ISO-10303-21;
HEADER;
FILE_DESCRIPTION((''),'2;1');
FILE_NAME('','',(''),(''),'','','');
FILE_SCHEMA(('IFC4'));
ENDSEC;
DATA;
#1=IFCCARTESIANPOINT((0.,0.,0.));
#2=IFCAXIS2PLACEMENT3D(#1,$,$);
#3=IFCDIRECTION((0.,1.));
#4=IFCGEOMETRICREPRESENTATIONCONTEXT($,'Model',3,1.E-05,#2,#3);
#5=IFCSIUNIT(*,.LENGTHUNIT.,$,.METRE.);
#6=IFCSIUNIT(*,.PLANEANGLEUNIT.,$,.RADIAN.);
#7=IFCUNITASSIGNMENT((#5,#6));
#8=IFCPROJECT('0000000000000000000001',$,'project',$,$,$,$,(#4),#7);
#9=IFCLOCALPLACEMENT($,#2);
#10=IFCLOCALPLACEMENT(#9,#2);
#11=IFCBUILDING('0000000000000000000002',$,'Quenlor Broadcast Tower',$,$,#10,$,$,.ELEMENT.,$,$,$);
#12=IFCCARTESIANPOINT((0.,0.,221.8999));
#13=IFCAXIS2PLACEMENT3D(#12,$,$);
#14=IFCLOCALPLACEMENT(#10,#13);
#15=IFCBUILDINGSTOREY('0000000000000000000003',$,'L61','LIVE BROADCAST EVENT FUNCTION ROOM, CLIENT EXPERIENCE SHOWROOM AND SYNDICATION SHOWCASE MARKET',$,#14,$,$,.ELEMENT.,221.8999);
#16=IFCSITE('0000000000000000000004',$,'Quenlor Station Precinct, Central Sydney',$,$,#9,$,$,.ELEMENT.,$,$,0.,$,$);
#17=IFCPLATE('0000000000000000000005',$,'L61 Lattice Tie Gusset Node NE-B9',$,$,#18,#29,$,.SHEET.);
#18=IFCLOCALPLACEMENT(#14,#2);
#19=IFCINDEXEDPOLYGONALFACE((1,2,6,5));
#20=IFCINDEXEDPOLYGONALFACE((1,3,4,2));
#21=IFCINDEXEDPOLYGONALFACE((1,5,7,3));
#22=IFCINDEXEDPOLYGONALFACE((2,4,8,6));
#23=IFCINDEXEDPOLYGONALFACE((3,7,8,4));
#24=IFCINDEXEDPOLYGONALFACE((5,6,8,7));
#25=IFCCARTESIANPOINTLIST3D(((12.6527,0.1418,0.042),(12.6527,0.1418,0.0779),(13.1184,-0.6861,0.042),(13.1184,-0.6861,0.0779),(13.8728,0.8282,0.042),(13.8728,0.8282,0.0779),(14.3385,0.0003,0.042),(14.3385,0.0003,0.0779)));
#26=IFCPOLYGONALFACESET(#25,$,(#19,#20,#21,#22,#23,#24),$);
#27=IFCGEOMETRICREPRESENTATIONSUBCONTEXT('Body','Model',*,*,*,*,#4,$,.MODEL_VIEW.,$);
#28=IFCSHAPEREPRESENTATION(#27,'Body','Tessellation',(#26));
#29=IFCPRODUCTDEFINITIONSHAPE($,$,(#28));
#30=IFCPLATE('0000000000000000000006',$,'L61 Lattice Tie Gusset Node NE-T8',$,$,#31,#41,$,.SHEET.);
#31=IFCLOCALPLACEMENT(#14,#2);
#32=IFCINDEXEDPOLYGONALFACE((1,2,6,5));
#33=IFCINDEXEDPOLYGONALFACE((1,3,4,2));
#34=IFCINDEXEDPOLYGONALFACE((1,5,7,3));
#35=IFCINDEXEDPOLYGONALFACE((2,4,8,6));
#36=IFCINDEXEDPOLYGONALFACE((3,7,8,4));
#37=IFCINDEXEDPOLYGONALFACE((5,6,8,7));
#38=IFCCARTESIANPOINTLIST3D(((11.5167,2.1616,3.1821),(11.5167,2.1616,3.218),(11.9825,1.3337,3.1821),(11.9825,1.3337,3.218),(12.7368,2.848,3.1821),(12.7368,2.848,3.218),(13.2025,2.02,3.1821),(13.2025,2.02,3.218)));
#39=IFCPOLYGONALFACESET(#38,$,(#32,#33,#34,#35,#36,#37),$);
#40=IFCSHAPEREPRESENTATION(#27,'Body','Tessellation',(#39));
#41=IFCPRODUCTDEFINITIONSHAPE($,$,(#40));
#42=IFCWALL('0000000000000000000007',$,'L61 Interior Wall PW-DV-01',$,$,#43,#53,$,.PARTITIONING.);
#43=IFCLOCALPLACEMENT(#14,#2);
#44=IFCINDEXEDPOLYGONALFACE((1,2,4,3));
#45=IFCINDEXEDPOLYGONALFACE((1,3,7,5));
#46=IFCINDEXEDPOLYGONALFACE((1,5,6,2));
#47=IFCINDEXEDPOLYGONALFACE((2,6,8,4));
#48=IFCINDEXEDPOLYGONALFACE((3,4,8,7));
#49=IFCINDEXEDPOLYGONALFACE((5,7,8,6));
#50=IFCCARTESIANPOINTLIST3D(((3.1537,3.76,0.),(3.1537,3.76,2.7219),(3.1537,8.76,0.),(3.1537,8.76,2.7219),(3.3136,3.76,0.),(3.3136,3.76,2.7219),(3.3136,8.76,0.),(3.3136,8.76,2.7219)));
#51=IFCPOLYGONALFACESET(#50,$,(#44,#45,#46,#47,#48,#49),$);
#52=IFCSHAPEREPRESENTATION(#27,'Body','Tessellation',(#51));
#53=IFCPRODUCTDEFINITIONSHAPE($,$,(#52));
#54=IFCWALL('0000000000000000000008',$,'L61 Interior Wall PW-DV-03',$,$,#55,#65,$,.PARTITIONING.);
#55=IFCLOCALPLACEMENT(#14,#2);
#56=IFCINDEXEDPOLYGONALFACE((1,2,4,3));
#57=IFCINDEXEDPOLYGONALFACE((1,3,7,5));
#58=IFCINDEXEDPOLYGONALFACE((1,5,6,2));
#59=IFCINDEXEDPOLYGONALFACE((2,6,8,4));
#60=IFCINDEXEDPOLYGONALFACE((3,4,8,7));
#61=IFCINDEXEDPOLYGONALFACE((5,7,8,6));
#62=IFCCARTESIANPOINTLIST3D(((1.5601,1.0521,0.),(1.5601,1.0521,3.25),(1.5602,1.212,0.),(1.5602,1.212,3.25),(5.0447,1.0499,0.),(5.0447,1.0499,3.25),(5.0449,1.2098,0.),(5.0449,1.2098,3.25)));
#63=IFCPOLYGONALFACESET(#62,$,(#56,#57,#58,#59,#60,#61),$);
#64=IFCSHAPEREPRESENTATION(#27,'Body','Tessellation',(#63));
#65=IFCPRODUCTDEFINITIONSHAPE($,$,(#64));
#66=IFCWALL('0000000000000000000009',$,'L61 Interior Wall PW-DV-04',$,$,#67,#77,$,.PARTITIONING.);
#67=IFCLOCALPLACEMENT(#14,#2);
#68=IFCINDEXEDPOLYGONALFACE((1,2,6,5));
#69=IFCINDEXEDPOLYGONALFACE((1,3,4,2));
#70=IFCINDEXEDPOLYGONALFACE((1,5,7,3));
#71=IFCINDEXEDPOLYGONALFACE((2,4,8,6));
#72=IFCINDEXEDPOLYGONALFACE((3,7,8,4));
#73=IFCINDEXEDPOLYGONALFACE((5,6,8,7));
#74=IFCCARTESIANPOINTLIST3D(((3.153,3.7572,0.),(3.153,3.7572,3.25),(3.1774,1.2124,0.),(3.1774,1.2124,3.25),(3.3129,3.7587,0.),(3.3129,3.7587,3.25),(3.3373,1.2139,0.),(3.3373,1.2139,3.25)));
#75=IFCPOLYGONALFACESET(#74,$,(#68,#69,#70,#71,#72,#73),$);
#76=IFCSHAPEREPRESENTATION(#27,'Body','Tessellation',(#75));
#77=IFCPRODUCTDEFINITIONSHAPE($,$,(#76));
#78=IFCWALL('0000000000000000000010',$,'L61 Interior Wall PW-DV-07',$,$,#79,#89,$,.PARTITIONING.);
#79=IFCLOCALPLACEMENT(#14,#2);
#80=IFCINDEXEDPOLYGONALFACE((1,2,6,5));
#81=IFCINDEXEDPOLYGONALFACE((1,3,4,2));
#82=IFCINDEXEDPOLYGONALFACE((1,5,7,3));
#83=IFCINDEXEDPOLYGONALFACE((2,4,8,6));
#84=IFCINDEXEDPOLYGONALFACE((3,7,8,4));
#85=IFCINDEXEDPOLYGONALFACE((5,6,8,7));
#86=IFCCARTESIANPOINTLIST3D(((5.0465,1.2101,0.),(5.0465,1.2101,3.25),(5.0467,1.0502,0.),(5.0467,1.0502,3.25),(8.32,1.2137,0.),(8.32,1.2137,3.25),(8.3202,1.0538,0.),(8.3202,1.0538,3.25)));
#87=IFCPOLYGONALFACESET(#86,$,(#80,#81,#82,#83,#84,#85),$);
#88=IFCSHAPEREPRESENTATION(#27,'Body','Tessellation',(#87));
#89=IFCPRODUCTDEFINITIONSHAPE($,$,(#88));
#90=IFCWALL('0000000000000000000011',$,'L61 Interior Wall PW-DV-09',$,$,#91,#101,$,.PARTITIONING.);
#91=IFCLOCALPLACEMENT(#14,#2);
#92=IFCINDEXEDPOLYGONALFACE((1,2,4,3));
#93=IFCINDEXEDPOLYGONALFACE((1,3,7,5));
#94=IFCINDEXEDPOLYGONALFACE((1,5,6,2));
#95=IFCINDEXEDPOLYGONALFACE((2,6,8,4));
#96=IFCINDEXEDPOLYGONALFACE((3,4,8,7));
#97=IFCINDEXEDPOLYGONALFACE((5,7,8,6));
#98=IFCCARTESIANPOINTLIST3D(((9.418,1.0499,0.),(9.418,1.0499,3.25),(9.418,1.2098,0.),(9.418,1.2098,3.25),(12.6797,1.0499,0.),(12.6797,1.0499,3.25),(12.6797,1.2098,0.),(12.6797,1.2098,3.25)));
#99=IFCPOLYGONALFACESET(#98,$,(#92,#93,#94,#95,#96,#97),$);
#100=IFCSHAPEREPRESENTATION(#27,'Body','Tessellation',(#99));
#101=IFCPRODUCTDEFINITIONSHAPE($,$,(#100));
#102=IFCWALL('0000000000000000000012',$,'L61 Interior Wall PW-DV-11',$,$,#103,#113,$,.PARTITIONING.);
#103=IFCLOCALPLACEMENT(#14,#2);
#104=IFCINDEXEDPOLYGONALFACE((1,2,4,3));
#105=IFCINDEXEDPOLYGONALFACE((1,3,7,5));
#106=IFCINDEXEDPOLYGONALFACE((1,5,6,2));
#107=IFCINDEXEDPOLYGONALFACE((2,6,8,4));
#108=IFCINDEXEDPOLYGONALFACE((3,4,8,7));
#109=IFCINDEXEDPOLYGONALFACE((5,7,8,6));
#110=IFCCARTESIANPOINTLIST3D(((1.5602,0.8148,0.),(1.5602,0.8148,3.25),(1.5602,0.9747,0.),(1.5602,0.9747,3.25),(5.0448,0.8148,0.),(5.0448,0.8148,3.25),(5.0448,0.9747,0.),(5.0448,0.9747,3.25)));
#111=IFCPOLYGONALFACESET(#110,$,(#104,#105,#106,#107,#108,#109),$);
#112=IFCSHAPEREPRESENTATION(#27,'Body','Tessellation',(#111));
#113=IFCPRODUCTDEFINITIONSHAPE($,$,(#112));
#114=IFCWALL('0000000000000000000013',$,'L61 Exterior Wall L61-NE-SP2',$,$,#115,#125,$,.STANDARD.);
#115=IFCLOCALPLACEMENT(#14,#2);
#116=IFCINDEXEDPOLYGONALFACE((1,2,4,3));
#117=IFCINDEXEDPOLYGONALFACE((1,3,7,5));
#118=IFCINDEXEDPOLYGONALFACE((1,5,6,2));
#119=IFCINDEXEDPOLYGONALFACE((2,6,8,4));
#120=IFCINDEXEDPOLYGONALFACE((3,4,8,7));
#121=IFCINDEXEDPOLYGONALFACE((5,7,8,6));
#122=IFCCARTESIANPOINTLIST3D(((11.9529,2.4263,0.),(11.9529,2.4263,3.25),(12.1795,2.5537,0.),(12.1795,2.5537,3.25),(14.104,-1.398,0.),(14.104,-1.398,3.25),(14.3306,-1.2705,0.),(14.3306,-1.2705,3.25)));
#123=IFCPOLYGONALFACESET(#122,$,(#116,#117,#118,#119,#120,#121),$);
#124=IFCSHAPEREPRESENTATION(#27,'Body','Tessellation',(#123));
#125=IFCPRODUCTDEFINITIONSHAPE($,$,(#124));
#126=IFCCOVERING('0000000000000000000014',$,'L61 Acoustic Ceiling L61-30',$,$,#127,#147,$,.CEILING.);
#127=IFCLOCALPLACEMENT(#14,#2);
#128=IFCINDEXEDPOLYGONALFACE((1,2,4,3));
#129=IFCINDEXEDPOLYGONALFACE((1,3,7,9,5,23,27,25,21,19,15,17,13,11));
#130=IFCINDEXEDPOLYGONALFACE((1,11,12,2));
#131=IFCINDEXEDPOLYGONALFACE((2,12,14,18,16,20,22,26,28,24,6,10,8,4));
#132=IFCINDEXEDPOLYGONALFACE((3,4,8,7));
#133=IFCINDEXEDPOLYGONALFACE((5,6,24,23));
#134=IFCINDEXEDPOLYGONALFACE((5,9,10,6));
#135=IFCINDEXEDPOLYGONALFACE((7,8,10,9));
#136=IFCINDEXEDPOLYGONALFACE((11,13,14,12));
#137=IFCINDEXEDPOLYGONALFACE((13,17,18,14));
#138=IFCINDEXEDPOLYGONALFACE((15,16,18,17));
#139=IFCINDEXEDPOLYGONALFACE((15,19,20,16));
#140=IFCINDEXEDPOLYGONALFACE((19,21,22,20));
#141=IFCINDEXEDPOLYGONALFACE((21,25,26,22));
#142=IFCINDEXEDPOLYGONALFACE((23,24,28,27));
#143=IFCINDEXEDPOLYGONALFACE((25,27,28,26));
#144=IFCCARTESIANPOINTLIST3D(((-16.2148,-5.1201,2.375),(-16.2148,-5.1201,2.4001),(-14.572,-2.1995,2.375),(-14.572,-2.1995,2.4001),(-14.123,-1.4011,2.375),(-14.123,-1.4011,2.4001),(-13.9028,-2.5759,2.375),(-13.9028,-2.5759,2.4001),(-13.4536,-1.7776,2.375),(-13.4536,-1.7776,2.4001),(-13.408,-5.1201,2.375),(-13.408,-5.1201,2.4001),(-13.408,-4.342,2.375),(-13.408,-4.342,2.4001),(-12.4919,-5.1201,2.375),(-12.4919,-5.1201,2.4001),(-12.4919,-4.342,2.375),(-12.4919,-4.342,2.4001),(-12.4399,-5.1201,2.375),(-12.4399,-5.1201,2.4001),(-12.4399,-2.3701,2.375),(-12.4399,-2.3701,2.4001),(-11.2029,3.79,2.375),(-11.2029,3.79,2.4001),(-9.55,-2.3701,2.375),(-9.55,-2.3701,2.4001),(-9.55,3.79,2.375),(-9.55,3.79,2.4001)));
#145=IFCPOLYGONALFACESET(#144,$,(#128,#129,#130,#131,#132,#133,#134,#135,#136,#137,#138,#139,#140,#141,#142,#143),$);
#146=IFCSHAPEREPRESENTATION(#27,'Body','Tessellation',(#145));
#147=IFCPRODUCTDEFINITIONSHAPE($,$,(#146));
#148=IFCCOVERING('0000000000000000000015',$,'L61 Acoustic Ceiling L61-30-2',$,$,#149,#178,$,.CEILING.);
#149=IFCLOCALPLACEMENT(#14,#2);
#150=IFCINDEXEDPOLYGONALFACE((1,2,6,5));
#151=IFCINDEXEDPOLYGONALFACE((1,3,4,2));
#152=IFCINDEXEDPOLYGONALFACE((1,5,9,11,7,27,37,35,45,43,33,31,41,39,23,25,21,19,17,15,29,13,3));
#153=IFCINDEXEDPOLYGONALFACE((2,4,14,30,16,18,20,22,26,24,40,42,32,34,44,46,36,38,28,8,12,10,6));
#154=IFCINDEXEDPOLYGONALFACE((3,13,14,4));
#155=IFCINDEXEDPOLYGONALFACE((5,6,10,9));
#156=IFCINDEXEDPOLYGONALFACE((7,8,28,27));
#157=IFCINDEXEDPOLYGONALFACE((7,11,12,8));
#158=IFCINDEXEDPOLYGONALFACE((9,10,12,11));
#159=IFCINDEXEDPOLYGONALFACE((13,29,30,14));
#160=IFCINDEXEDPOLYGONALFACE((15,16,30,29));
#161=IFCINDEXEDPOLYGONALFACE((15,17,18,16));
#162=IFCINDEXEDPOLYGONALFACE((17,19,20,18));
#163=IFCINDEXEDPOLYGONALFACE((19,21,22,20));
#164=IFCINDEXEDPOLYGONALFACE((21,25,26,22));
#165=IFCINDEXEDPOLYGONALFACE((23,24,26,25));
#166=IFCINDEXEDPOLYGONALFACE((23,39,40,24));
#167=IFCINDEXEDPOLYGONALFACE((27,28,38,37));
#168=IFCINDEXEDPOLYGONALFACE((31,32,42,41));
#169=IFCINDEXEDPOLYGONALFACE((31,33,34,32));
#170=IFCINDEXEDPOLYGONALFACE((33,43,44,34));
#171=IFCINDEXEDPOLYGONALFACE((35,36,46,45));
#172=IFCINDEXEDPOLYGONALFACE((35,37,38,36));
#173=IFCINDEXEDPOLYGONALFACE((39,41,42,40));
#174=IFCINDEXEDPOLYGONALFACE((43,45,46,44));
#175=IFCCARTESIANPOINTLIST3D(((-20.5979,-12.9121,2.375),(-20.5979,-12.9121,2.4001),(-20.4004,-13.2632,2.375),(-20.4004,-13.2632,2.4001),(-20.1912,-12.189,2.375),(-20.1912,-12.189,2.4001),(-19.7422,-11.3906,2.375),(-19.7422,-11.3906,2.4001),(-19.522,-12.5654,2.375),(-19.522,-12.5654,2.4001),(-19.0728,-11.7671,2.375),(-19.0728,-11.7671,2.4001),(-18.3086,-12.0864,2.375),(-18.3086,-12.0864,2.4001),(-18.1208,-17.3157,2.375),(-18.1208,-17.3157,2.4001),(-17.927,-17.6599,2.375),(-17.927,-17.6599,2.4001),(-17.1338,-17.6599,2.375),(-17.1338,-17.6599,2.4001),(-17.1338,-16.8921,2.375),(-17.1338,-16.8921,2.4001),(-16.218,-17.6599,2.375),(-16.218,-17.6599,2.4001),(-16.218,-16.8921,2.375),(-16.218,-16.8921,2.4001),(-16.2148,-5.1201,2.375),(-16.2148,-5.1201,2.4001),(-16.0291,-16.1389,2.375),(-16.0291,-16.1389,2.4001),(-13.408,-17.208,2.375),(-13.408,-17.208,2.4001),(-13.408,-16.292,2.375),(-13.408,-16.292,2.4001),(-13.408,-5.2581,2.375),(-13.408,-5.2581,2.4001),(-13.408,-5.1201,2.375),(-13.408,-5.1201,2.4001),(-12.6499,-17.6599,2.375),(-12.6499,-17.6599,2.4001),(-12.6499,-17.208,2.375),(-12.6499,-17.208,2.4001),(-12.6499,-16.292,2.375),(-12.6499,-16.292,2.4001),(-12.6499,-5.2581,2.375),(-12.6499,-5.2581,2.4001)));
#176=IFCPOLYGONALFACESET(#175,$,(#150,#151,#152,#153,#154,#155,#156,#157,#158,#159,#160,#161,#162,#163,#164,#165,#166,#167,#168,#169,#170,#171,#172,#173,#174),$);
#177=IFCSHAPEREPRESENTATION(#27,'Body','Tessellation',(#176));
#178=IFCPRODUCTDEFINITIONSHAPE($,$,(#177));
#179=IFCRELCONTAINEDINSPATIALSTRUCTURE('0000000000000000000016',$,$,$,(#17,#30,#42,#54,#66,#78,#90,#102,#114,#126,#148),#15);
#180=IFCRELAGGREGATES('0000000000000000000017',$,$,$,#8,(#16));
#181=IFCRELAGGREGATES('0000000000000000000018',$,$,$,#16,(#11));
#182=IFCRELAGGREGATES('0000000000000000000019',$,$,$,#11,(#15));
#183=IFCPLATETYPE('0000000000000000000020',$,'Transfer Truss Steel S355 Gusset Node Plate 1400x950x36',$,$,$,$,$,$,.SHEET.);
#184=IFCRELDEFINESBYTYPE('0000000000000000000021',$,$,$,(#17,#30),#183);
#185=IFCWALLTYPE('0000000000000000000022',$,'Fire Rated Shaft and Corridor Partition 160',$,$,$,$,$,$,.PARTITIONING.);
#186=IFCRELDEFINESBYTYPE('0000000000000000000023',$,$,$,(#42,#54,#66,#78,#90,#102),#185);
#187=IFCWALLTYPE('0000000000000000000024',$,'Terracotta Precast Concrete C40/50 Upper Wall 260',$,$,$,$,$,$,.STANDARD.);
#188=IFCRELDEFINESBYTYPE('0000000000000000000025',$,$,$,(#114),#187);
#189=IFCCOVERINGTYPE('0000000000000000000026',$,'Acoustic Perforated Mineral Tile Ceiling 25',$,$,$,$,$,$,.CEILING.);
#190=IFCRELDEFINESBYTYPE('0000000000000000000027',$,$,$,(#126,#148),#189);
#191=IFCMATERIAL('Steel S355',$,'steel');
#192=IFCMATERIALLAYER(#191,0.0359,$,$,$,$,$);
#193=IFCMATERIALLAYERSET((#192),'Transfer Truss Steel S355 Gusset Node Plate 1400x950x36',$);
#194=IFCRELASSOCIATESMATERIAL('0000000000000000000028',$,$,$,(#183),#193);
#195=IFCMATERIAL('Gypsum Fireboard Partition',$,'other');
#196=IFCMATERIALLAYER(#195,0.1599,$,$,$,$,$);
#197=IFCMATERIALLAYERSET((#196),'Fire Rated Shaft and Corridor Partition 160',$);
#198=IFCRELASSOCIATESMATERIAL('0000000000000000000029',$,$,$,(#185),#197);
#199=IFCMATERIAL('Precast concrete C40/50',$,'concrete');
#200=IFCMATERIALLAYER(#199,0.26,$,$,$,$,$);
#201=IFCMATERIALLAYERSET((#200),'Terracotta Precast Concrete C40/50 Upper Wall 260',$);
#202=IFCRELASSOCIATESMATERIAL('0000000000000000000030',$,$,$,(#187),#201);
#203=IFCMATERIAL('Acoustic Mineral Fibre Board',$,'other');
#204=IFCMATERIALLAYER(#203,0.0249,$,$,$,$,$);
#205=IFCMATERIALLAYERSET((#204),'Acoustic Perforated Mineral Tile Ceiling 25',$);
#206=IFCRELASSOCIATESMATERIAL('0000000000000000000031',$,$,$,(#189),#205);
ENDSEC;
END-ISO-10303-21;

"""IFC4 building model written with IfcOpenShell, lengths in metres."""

from ifc_helpers import new_model, si_unit, direction, frame, frame_2d, origin, origin_2d, place, context, subcontext, project, spatial, polyline, rectangle, outline, extrude, material, layer, layer_set, type_object, element, save


model = new_model("IFC4")

# Units and contexts
model_context = context("Model", 3, precision=1e-05, world=origin(), true_north=direction((0.0, 1.0)))
body_context = subcontext(model_context, "Body", "Model", "MODEL_VIEW")
ifc_project = project(units=[si_unit("LENGTHUNIT", "METRE"), si_unit("PLANEANGLEUNIT", "RADIAN")], contexts=[model_context])

# Site, building, storey
site_placement = place(None, origin())
site = spatial("IfcSite", under=ifc_project, at=site_placement, Name="Quenlor Station Precinct, Central Sydney", CompositionType="ELEMENT", RefElevation=0.0)
building_placement = place(site_placement, origin())
building = spatial("IfcBuilding", under=site, at=building_placement, Name="Quenlor Broadcast Tower", CompositionType="ELEMENT")
storey_placement = place(building_placement, frame((0.0, 0.0, 221.8999)))
storey = spatial("IfcBuildingStorey", under=building, at=storey_placement, Name="L61", Description="LIVE BROADCAST EVENT FUNCTION ROOM, CLIENT EXPERIENCE SHOWROOM AND SYNDICATION SHOWCASE MARKET", CompositionType="ELEMENT", Elevation=221.8999)

# Plates
ifc_material_1 = material(Name="Steel S355", Category="steel")
ifc_layer_1 = layer(ifc_material_1, 0.0359)
ifc_layer_set_1 = layer_set([ifc_layer_1], Name="Transfer Truss Steel S355 Gusset Node Plate 1400x950x36")
plate_type_1 = type_object("IfcPlateType", Name="Transfer Truss Steel S355 Gusset Node Plate 1400x950x36", PredefinedType="SHEET", material=ifc_layer_set_1)
for number, where, z_axis, x_axis, name in (
    (1, (13.4956, 0.071, 0.042), (0.0, 0.0, 1.0), (0.871556, 0.490295, 0.0), "L61 Lattice Tie Gusset Node NE-B9"),
    (2, (12.3596, 2.0908, 3.1821), (0.0, 0.0, 1.0), (0.871556, 0.490295, 0.0), "L61 Lattice Tie Gusset Node NE-T8"),
):
    element("IfcPlate", number, at=place(storey_placement, frame(where, z_axis=z_axis, x_axis=x_axis)), inside=storey, type_object=plate_type_1, Name=name, PredefinedType="SHEET", context=body_context, shape_type="SweptSolid", body=[
        extrude(rectangle(XDim=1.3999, YDim=0.95, at=origin_2d()), origin(), (0.0, 0.0, 1.0), 0.0359),
    ])

# Walls
ifc_material_2 = material(Name="Gypsum Fireboard Partition", Category="other")
ifc_layer_2 = layer(ifc_material_2, 0.1599)
ifc_layer_set_2 = layer_set([ifc_layer_2], Name="Fire Rated Shaft and Corridor Partition 160")
wall_type_1 = type_object("IfcWallType", Name="Fire Rated Shaft and Corridor Partition 160", PredefinedType="PARTITIONING", material=ifc_layer_set_2)
wall_1_placement = place(storey_placement, frame((3.2336, 3.76, 0.0), z_axis=(0.0, 0.0, 1.0), x_axis=(0.0, 1.0, 0.0)))
element("IfcWall", 3, at=wall_1_placement, inside=storey, type_object=wall_type_1, Name="L61 Interior Wall PW-DV-01", PredefinedType="PARTITIONING", context=body_context, shape_type="SweptSolid", body=[
    extrude(rectangle(XDim=5.0, YDim=0.1599, at=frame_2d((2.5, 0.0))), origin(), (0.0, 0.0, 1.0), 2.7219),
])
wall_2_placement = place(storey_placement, frame((5.0447, 1.1299, 0.0), z_axis=(0.0, 0.0, 1.0), x_axis=(-1.0, 0.000631, 0.0)))
element("IfcWall", 4, at=wall_2_placement, inside=storey, type_object=wall_type_1, Name="L61 Interior Wall PW-DV-03", PredefinedType="PARTITIONING", context=body_context, shape_type="SweptSolid", body=[
    extrude(rectangle(XDim=3.4846, YDim=0.1599, at=frame_2d((1.7422, 0.0))), origin(), (0.0, 0.0, 1.0), 3.25),
])
wall_3_placement = place(storey_placement, frame((3.2573, 1.2131, 0.0), z_axis=(0.0, 0.0, 1.0), x_axis=(-0.009593, 0.999954, 0.0)))
element("IfcWall", 5, at=wall_3_placement, inside=storey, type_object=wall_type_1, Name="L61 Interior Wall PW-DV-04", PredefinedType="PARTITIONING", context=body_context, shape_type="SweptSolid", body=[
    extrude(rectangle(XDim=2.5449, YDim=0.1599, at=frame_2d((1.2725, 0.0))), origin(), (0.0, 0.0, 1.0), 3.25),
])
wall_4_placement = place(storey_placement, frame((8.3201, 1.1338, 0.0), z_axis=(0.0, 0.0, 1.0), x_axis=(-0.999999, -0.001119, 0.0)))
element("IfcWall", 6, at=wall_4_placement, inside=storey, type_object=wall_type_1, Name="L61 Interior Wall PW-DV-07", PredefinedType="PARTITIONING", context=body_context, shape_type="SweptSolid", body=[
    extrude(rectangle(XDim=3.2734, YDim=0.1599, at=frame_2d((1.6367, 0.0))), origin(), (0.0, 0.0, 1.0), 3.25),
])
wall_5_placement = place(storey_placement, frame((12.6797, 1.1299, 0.0), z_axis=(0.0, 0.0, 1.0), x_axis=(-1.0, 0.0, 0.0)))
element("IfcWall", 7, at=wall_5_placement, inside=storey, type_object=wall_type_1, Name="L61 Interior Wall PW-DV-09", PredefinedType="PARTITIONING", context=body_context, shape_type="SweptSolid", body=[
    extrude(rectangle(XDim=3.2617, YDim=0.1599, at=frame_2d((1.6309, 0.0))), origin(), (0.0, 0.0, 1.0), 3.25),
])
wall_6_placement = place(storey_placement, frame((5.0447, 0.8948, 0.0), z_axis=(0.0, 0.0, 1.0), x_axis=(-1.0, 0.0, 0.0)))
element("IfcWall", 8, at=wall_6_placement, inside=storey, type_object=wall_type_1, Name="L61 Interior Wall PW-DV-11", PredefinedType="PARTITIONING", context=body_context, shape_type="SweptSolid", body=[
    extrude(rectangle(XDim=3.4846, YDim=0.1599, at=frame_2d((1.7422, 0.0))), origin(), (0.0, 0.0, 1.0), 3.25),
])
ifc_material_3 = material(Name="Precast concrete C40/50", Category="concrete")
ifc_layer_3 = layer(ifc_material_3, 0.26)
ifc_layer_set_3 = layer_set([ifc_layer_3], Name="Terracotta Precast Concrete C40/50 Upper Wall 260")
wall_type_2 = type_object("IfcWallType", Name="Terracotta Precast Concrete C40/50 Upper Wall 260", PredefinedType="STANDARD", material=ifc_layer_set_3)
wall_7_placement = place(storey_placement, frame((12.0662, 2.49, 0.0), z_axis=(0.0, 0.0, 1.0), x_axis=(0.490261, -0.871576, 0.0)))
element("IfcWall", 9, at=wall_7_placement, inside=storey, type_object=wall_type_2, Name="L61 Exterior Wall L61-NE-SP2", PredefinedType="STANDARD", context=body_context, shape_type="SweptSolid", body=[
    extrude(rectangle(XDim=4.3877, YDim=0.26, at=frame_2d((2.1938, 0.0))), origin(), (0.0, 0.0, 1.0), 3.25),
])

# Coverings
ifc_material_4 = material(Name="Acoustic Mineral Fibre Board", Category="other")
ifc_layer_4 = layer(ifc_material_4, 0.0249)
ifc_layer_set_4 = layer_set([ifc_layer_4], Name="Acoustic Perforated Mineral Tile Ceiling 25")
covering_type = type_object("IfcCoveringType", Name="Acoustic Perforated Mineral Tile Ceiling 25", PredefinedType="CEILING", material=ifc_layer_set_4)
covering_1_placement = place(storey_placement, frame((0.0, 0.0, 2.375)))
element("IfcCovering", 10, at=covering_1_placement, inside=storey, type_object=covering_type, Name="L61 Acoustic Ceiling L61-30", PredefinedType="CEILING", context=body_context, shape_type="SweptSolid", body=[
    extrude(outline(polyline([(-14.572, -2.1995), (-13.9028, -2.5759), (-13.4536, -1.7776), (-14.123, -1.4011), (-11.2029, 3.79), (-9.55, 3.79), (-9.55, -2.3701), (-12.4399, -2.3701), (-12.4399, -5.1201), (-12.4919, -5.1201), (-12.4919, -4.342), (-13.408, -4.342), (-13.408, -5.1201), (-16.2148, -5.1201), (-14.572, -2.1995)])), origin(), (0.0, 0.0, 1.0), 0.0251),
])
covering_2_placement = place(storey_placement, frame((0.0, 0.0, 2.375)))
element("IfcCovering", 11, at=covering_2_placement, inside=storey, type_object=covering_type, Name="L61 Acoustic Ceiling L61-30-2", PredefinedType="CEILING", context=body_context, shape_type="SweptSolid", body=[
    extrude(outline(polyline([(-20.1912, -12.189), (-19.522, -12.5654), (-19.0728, -11.7671), (-19.7422, -11.3906), (-16.2148, -5.1201), (-13.408, -5.1201), (-13.408, -5.2581), (-12.6499, -5.2581), (-12.6499, -16.292), (-13.408, -16.292), (-13.408, -17.208), (-12.6499, -17.208), (-12.6499, -17.6599), (-16.218, -17.6599), (-16.218, -16.8921), (-17.1338, -16.8921), (-17.1338, -17.6599), (-17.927, -17.6599), (-18.1208, -17.3157), (-16.0291, -16.1389), (-18.3086, -12.0864), (-20.4004, -13.2632), (-20.5979, -12.9121), (-20.1912, -12.189)])), origin(), (0.0, 0.0, 1.0), 0.0251),
])

save(model, "model.ifc")
